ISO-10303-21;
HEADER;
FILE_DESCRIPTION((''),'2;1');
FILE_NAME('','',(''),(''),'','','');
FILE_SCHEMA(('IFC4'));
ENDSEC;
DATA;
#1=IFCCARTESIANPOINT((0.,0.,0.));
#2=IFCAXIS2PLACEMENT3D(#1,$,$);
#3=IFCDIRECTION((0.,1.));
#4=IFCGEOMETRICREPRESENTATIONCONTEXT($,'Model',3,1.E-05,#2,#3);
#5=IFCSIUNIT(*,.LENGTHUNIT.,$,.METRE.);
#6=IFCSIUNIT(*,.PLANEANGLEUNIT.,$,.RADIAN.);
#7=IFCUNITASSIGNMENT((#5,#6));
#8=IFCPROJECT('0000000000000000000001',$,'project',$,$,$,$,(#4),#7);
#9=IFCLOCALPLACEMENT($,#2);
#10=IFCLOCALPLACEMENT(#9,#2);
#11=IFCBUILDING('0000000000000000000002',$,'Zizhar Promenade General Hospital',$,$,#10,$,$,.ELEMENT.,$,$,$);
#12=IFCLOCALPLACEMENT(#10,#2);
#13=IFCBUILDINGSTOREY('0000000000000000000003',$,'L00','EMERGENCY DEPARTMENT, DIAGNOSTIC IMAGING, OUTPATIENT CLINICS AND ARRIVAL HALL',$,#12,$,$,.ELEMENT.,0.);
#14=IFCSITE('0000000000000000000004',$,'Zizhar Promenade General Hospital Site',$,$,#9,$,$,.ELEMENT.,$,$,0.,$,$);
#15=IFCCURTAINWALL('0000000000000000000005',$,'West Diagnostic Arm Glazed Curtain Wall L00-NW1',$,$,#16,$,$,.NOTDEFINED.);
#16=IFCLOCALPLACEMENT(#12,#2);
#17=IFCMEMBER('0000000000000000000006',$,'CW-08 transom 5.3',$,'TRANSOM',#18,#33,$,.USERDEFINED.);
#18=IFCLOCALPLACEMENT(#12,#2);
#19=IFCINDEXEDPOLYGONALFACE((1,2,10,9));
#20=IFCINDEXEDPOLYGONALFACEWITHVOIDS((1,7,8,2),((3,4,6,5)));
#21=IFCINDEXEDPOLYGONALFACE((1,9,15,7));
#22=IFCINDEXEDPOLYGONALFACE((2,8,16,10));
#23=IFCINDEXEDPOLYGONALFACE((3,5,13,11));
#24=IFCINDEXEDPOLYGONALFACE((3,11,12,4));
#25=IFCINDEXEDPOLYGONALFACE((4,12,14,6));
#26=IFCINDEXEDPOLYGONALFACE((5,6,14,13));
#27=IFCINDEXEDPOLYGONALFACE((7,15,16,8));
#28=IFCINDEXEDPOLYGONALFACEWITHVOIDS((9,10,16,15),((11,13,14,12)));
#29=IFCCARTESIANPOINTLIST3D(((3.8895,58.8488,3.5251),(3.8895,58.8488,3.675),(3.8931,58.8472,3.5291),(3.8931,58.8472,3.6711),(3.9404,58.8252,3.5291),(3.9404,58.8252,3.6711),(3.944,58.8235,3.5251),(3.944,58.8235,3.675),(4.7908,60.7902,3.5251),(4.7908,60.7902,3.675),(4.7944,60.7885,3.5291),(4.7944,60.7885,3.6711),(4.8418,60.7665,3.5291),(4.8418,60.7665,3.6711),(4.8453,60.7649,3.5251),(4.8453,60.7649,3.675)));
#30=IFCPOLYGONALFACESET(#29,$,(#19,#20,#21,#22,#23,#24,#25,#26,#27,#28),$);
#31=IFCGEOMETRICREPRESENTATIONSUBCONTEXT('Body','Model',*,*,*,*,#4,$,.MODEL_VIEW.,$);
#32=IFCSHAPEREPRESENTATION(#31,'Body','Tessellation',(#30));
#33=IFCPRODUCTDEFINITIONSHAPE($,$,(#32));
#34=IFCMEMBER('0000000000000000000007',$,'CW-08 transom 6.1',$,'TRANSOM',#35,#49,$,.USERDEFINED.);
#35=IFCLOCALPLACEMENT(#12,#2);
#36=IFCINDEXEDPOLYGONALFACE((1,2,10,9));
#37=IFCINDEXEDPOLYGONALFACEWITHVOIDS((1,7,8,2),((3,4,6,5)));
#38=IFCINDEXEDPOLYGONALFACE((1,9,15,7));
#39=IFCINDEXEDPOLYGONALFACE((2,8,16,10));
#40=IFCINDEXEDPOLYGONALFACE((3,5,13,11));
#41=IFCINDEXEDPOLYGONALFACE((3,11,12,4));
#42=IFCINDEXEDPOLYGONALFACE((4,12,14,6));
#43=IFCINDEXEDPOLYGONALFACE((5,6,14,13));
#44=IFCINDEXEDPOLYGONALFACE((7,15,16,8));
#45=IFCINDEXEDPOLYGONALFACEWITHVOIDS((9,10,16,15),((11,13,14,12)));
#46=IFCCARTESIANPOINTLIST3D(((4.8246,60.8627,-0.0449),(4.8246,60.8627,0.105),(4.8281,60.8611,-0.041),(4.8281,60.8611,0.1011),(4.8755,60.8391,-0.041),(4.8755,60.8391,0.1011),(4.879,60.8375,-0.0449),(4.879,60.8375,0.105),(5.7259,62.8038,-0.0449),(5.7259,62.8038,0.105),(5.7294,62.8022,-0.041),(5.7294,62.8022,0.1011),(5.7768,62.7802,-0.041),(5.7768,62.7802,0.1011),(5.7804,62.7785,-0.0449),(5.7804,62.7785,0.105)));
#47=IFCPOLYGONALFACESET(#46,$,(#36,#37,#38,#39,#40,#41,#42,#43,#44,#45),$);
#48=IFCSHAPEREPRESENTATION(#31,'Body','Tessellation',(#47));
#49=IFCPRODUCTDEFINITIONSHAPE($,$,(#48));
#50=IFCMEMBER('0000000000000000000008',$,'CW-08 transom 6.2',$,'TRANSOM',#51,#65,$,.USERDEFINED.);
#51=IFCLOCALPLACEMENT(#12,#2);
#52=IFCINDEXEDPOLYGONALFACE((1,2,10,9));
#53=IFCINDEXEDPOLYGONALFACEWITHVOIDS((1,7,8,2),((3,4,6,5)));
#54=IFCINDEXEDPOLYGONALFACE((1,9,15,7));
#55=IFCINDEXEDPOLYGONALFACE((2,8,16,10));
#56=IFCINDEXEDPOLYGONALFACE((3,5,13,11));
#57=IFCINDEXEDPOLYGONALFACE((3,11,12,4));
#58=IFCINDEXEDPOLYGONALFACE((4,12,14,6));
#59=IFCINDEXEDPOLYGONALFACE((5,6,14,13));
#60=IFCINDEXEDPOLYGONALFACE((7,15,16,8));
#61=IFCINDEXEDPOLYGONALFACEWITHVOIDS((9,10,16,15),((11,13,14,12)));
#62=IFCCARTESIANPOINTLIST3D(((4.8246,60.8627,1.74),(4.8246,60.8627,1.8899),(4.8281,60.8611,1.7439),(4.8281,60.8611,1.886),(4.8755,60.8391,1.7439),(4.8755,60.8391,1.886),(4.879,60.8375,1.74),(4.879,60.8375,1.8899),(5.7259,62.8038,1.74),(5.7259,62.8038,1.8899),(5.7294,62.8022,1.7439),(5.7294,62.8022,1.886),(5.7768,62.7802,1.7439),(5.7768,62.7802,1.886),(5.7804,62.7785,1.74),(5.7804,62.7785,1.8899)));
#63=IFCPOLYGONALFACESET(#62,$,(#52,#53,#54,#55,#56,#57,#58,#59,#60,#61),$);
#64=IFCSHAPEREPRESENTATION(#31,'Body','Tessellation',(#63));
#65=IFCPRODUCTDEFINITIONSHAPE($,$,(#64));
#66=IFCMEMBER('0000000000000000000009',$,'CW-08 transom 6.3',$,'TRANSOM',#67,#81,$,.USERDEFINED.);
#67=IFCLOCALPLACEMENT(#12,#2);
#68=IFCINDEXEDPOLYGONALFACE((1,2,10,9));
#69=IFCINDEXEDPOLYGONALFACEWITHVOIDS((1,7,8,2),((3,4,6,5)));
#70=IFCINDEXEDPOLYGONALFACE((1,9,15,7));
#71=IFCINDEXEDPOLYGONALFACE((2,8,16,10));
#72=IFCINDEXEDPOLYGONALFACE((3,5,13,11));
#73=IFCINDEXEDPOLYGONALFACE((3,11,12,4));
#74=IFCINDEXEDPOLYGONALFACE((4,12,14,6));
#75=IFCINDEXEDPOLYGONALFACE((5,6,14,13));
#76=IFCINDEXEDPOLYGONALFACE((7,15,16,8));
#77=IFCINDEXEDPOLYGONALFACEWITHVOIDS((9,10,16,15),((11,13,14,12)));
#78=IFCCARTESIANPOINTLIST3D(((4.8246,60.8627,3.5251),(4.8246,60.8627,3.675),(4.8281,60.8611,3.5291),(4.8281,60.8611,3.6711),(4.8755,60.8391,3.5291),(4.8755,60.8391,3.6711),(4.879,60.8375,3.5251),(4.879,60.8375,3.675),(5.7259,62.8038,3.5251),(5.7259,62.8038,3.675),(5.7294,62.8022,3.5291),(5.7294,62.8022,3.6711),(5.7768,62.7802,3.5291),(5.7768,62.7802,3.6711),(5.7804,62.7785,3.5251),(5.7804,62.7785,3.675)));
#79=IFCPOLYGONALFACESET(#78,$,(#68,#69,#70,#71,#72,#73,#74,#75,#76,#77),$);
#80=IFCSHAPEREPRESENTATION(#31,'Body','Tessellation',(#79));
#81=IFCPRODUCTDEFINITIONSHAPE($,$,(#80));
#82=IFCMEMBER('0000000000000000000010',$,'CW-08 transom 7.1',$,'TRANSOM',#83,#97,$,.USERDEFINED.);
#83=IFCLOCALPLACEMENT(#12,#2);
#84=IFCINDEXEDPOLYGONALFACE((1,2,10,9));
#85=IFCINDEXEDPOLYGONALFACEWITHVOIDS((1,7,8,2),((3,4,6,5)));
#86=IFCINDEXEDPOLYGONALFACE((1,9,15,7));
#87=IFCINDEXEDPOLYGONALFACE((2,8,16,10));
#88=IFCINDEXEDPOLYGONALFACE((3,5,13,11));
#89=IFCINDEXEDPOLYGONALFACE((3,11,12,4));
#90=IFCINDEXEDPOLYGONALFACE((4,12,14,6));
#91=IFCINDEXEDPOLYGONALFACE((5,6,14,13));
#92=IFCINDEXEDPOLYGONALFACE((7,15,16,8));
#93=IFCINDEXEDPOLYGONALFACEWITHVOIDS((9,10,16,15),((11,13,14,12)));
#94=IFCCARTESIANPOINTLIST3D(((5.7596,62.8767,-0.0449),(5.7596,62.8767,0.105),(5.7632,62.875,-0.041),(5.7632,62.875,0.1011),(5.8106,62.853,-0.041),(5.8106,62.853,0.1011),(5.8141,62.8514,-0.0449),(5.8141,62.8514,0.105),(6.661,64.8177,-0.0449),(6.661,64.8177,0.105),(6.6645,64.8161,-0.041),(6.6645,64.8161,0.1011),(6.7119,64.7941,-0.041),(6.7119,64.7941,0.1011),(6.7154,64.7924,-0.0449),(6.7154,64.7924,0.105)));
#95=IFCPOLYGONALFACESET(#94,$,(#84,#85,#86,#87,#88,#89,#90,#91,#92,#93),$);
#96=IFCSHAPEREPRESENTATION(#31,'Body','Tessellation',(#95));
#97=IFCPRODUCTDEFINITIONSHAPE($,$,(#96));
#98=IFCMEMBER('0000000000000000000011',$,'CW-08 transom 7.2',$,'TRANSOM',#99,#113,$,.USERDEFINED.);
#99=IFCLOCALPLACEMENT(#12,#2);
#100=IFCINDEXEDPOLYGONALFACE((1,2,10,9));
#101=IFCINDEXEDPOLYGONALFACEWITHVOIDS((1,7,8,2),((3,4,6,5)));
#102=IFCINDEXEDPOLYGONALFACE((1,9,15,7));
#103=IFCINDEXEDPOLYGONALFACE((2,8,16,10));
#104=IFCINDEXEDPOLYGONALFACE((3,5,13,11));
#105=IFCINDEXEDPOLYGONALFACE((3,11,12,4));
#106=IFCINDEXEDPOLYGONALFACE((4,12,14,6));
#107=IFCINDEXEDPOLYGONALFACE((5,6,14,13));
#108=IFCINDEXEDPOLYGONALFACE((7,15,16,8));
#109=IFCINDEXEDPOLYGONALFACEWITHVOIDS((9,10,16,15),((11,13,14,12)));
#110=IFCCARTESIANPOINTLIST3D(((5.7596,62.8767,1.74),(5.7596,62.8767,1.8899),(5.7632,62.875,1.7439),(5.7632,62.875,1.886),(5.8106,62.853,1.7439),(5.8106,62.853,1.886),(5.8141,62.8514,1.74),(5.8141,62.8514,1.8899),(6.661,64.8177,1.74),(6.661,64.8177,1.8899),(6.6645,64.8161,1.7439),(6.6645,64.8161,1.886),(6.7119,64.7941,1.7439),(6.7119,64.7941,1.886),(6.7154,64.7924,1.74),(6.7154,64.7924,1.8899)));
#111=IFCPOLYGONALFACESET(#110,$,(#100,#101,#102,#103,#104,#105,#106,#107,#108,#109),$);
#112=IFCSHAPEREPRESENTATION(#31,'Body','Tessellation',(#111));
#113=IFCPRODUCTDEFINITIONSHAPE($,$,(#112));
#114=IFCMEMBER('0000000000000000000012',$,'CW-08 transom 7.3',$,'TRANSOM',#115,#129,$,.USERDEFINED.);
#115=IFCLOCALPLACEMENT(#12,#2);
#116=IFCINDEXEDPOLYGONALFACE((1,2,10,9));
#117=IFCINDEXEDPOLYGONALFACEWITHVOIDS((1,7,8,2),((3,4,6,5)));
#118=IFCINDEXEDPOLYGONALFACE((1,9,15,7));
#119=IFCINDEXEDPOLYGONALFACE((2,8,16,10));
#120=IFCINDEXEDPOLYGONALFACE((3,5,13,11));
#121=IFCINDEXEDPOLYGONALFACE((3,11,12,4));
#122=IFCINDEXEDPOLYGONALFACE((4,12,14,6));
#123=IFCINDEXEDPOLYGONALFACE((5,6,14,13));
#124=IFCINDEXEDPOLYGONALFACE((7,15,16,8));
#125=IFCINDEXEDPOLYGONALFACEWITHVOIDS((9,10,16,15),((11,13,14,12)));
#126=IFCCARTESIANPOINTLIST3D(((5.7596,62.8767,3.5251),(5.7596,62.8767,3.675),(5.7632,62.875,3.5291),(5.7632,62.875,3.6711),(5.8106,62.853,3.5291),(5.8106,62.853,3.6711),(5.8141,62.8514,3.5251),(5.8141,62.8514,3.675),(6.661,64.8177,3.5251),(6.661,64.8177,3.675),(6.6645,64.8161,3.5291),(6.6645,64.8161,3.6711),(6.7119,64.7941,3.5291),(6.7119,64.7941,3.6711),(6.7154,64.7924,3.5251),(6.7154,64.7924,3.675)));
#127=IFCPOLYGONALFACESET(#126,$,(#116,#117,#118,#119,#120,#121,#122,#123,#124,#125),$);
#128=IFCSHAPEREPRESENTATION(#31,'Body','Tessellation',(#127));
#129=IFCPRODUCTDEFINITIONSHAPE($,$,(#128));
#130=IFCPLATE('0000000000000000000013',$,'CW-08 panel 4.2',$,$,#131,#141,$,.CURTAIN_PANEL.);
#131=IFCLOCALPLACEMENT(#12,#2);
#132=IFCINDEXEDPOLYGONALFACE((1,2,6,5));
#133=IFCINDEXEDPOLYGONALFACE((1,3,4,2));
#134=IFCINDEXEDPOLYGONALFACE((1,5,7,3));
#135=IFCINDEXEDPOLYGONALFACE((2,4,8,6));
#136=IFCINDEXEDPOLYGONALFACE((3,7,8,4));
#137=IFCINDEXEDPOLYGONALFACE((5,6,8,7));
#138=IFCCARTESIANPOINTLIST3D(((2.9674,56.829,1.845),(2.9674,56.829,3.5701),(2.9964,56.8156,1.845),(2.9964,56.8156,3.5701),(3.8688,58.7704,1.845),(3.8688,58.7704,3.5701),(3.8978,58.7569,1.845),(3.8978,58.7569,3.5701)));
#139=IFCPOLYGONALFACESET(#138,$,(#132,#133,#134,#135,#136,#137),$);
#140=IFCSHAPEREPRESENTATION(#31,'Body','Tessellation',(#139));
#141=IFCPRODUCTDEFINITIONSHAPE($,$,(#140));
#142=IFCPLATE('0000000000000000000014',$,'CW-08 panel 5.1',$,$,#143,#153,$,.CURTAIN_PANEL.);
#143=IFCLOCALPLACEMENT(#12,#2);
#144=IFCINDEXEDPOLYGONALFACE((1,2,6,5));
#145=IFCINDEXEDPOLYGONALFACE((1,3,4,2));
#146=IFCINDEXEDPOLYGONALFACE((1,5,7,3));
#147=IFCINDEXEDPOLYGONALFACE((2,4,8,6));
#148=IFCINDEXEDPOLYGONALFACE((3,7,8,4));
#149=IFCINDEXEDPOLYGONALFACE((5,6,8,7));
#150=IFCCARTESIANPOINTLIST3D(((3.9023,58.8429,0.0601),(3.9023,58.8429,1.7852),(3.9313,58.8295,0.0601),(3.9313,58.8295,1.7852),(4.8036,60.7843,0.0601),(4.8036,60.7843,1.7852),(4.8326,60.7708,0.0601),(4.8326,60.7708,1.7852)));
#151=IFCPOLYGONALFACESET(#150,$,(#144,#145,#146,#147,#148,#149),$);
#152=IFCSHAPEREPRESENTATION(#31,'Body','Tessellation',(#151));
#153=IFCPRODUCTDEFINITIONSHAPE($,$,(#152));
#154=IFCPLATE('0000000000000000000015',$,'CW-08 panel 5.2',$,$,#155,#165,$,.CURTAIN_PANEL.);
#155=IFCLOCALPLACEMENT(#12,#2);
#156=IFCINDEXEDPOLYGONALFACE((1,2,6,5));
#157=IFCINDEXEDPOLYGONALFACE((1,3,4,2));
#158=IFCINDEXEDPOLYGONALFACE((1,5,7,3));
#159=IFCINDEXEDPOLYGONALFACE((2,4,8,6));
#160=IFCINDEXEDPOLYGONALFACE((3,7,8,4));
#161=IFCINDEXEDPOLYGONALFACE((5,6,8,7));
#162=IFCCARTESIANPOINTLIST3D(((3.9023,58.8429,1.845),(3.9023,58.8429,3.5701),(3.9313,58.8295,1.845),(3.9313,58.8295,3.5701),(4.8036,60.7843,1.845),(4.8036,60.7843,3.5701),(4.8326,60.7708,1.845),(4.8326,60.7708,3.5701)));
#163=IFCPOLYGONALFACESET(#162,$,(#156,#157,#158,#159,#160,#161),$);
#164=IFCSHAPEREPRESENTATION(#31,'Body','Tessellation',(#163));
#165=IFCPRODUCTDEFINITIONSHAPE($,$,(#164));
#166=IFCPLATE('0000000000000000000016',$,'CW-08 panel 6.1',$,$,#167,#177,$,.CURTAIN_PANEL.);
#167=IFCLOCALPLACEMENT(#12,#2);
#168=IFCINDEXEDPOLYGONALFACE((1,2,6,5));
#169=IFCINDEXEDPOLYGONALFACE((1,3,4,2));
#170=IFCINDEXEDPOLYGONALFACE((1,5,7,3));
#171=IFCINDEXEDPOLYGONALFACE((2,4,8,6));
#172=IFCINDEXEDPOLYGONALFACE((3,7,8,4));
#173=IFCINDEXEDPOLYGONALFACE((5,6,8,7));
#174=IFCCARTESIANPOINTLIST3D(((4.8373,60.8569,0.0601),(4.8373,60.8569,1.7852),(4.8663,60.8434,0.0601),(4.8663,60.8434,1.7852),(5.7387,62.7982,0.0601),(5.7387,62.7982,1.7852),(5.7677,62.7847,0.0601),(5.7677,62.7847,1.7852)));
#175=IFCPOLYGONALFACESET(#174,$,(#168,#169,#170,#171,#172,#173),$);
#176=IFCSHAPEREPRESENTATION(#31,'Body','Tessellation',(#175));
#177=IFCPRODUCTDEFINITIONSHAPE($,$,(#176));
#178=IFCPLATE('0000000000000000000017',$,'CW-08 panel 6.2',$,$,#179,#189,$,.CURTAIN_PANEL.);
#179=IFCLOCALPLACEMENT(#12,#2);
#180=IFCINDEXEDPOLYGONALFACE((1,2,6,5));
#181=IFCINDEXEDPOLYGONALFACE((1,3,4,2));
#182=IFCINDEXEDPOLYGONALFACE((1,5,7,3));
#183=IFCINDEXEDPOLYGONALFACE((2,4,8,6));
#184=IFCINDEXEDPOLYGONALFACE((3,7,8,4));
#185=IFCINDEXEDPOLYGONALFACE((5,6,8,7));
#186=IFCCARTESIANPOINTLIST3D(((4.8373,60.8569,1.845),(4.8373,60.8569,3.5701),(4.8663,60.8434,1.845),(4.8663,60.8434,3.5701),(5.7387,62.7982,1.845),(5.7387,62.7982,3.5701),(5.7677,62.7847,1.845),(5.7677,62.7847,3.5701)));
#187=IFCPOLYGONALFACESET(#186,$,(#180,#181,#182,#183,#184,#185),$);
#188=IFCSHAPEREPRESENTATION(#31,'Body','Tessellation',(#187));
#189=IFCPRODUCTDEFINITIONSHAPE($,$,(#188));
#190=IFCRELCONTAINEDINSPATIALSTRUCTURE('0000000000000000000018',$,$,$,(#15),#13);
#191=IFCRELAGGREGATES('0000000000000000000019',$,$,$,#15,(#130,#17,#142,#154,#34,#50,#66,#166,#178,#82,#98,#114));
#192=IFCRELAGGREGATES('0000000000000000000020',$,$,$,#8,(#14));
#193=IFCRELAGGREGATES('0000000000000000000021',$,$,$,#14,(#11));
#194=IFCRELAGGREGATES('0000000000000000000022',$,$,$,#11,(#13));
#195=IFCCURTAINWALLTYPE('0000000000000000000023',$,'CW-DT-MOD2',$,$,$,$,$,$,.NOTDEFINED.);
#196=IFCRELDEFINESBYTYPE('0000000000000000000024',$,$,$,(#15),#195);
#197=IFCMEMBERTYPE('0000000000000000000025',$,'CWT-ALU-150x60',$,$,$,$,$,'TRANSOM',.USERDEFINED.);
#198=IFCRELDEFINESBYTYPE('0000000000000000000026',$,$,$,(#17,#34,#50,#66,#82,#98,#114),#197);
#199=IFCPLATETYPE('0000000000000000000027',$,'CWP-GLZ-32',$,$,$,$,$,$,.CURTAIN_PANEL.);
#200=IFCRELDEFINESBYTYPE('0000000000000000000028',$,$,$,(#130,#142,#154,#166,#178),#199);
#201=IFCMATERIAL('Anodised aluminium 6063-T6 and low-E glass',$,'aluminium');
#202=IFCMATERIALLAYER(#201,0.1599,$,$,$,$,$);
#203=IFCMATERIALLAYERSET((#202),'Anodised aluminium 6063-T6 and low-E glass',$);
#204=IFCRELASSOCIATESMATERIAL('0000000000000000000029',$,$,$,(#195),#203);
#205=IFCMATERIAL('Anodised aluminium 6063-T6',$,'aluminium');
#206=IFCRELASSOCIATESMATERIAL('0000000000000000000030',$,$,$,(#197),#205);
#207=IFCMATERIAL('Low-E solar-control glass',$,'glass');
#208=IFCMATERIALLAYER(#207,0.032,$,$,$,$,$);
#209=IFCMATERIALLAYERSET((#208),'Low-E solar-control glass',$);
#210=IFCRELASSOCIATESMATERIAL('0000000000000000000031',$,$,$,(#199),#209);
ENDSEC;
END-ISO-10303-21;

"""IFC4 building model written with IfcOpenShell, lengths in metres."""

from ifc_helpers import new_model, si_unit, direction, frame, origin, origin_2d, place, context, subcontext, project, spatial, rectangle, hollow_rectangle, extrude, material, layer, layer_set, material_profile, profile_set, type_object, element, aggregate, save


model = new_model("IFC4")

# Units and contexts
model_context = context("Model", 3, precision=1e-05, world=origin(), true_north=direction((0.0, 1.0)))
body_context = subcontext(model_context, "Body", "Model", "MODEL_VIEW")
ifc_project = project(units=[si_unit("LENGTHUNIT", "METRE"), si_unit("PLANEANGLEUNIT", "RADIAN")], contexts=[model_context])

# Site, building, storey
site_placement = place(None, origin())
site = spatial("IfcSite", under=ifc_project, at=site_placement, Name="Zizhar Promenade General Hospital Site", CompositionType="ELEMENT", RefElevation=0.0)
building_placement = place(site_placement, origin())
building = spatial("IfcBuilding", under=site, at=building_placement, Name="Zizhar Promenade General Hospital", CompositionType="ELEMENT")
storey_placement = place(building_placement, origin())
storey = spatial("IfcBuildingStorey", under=building, at=storey_placement, Name="L00", Description="EMERGENCY DEPARTMENT, DIAGNOSTIC IMAGING, OUTPATIENT CLINICS AND ARRIVAL HALL", CompositionType="ELEMENT", Elevation=0.0)

# Curtain wall, members, plates
ifc_material_1 = material(Name="Anodised aluminium 6063-T6 and low-E glass", Category="aluminium")
ifc_layer_1 = layer(ifc_material_1, 0.1599)
ifc_layer_set_1 = layer_set([ifc_layer_1], Name="Anodised aluminium 6063-T6 and low-E glass")
curtain_wall_type = type_object("IfcCurtainWallType", Name="CW-DT-MOD2", PredefinedType="NOTDEFINED", material=ifc_layer_set_1)
curtain_wall_placement = place(storey_placement, origin())
curtain_wall = element("IfcCurtainWall", 1, at=curtain_wall_placement, inside=storey, type_object=curtain_wall_type, Name="West Diagnostic Arm Glazed Curtain Wall L00-NW1", PredefinedType="NOTDEFINED")
ifc_material_2 = material(Name="Anodised aluminium 6063-T6", Category="aluminium")
ifc_material_profile_1 = material_profile(ifc_material_2, hollow_rectangle(XDim=0.0601, YDim=0.1499, WallThickness=0.0039, at=origin_2d()))
ifc_profile_set_1 = profile_set([ifc_material_profile_1], Name="Anodised aluminium 6063-T6")
member_type_1 = type_object("IfcMemberType", Name="CWT-ALU-150x60", ElementType="TRANSOM", PredefinedType="USERDEFINED", material=ifc_profile_set_1)
member_1_placement = place(storey_placement, frame((3.9167, 58.8362, 3.6001), z_axis=(0.421111, 0.907009, 0.0), x_axis=(-0.907009, 0.421111, 0.0)))
member_1 = element("IfcMember", 2, at=member_1_placement, type_object=member_type_1, Name="CW-08 transom 5.3", ObjectType="TRANSOM", PredefinedType="USERDEFINED", context=body_context, shape_type="SweptSolid", body=[
    extrude(hollow_rectangle(XDim=0.0601, YDim=0.1499, WallThickness=0.0039, at=origin_2d()), origin(), (0.0, 0.0, 1.0), 2.1404),
])
member_2_placement = place(storey_placement, frame((4.8518, 60.8501, 0.03), z_axis=(0.421155, 0.906989, 0.0), x_axis=(-0.906989, 0.421155, 0.0)))
member_2 = element("IfcMember", 3, at=member_2_placement, type_object=member_type_1, Name="CW-08 transom 6.1", ObjectType="TRANSOM", PredefinedType="USERDEFINED", context=body_context, shape_type="SweptSolid", body=[
    extrude(hollow_rectangle(XDim=0.0601, YDim=0.1499, WallThickness=0.0039, at=origin_2d()), origin(), (0.0, 0.0, 1.0), 2.1401),
])
member_3_placement = place(storey_placement, frame((4.8518, 60.8501, 1.8149), z_axis=(0.421155, 0.906989, 0.0), x_axis=(-0.906989, 0.421155, 0.0)))
member_3 = element("IfcMember", 4, at=member_3_placement, type_object=member_type_1, Name="CW-08 transom 6.2", ObjectType="TRANSOM", PredefinedType="USERDEFINED", context=body_context, shape_type="SweptSolid", body=[
    extrude(hollow_rectangle(XDim=0.0601, YDim=0.1499, WallThickness=0.0039, at=origin_2d()), origin(), (0.0, 0.0, 1.0), 2.1401),
])
member_4_placement = place(storey_placement, frame((4.8518, 60.8501, 3.6001), z_axis=(0.421155, 0.906989, 0.0), x_axis=(-0.906989, 0.421155, 0.0)))
member_4 = element("IfcMember", 5, at=member_4_placement, type_object=member_type_1, Name="CW-08 transom 6.3", ObjectType="TRANSOM", PredefinedType="USERDEFINED", context=body_context, shape_type="SweptSolid", body=[
    extrude(hollow_rectangle(XDim=0.0601, YDim=0.1499, WallThickness=0.0039, at=origin_2d()), origin(), (0.0, 0.0, 1.0), 2.1401),
])
member_5_placement = place(storey_placement, frame((5.7869, 62.864, 0.03), z_axis=(0.421155, 0.906989, 0.0), x_axis=(-0.906989, 0.421155, 0.0)))
member_5 = element("IfcMember", 6, at=member_5_placement, type_object=member_type_1, Name="CW-08 transom 7.1", ObjectType="TRANSOM", PredefinedType="USERDEFINED", context=body_context, shape_type="SweptSolid", body=[
    extrude(hollow_rectangle(XDim=0.0601, YDim=0.1499, WallThickness=0.0039, at=origin_2d()), origin(), (0.0, 0.0, 1.0), 2.1401),
])
member_6_placement = place(storey_placement, frame((5.7869, 62.864, 1.8149), z_axis=(0.421155, 0.906989, 0.0), x_axis=(-0.906989, 0.421155, 0.0)))
member_6 = element("IfcMember", 7, at=member_6_placement, type_object=member_type_1, Name="CW-08 transom 7.2", ObjectType="TRANSOM", PredefinedType="USERDEFINED", context=body_context, shape_type="SweptSolid", body=[
    extrude(hollow_rectangle(XDim=0.0601, YDim=0.1499, WallThickness=0.0039, at=origin_2d()), origin(), (0.0, 0.0, 1.0), 2.1401),
])
member_7_placement = place(storey_placement, frame((5.7869, 62.864, 3.6001), z_axis=(0.421155, 0.906989, 0.0), x_axis=(-0.906989, 0.421155, 0.0)))
member_7 = element("IfcMember", 8, at=member_7_placement, type_object=member_type_1, Name="CW-08 transom 7.3", ObjectType="TRANSOM", PredefinedType="USERDEFINED", context=body_context, shape_type="SweptSolid", body=[
    extrude(hollow_rectangle(XDim=0.0601, YDim=0.1499, WallThickness=0.0039, at=origin_2d()), origin(), (0.0, 0.0, 1.0), 2.1401),
])
ifc_material_3 = material(Name="Low-E solar-control glass", Category="glass")
ifc_layer_2 = layer(ifc_material_3, 0.032)
ifc_layer_set_2 = layer_set([ifc_layer_2], Name="Low-E solar-control glass")
plate_type = type_object("IfcPlateType", Name="CWP-GLZ-32", PredefinedType="CURTAIN_PANEL", material=ifc_layer_set_2)
plate_1_placement = place(storey_placement, frame((3.4326, 57.793, 1.845), z_axis=(0.0, 0.0, 1.0), x_axis=(0.421115, 0.907007, 0.0)))
plate_1 = element("IfcPlate", 9, at=plate_1_placement, type_object=plate_type, Name="CW-08 panel 4.2", PredefinedType="CURTAIN_PANEL", context=body_context, shape_type="SweptSolid", body=[
    extrude(rectangle(XDim=2.1404, YDim=0.032, at=origin_2d()), origin(), (0.0, 0.0, 1.0), 1.7251),
])
plate_2_placement = place(storey_placement, frame((4.3674, 59.8069, 0.0601), z_axis=(0.0, 0.0, 1.0), x_axis=(0.421115, 0.907007, 0.0)))
plate_2 = element("IfcPlate", 10, at=plate_2_placement, type_object=plate_type, Name="CW-08 panel 5.1", PredefinedType="CURTAIN_PANEL", context=body_context, shape_type="SweptSolid", body=[
    extrude(rectangle(XDim=2.1404, YDim=0.032, at=origin_2d()), origin(), (0.0, 0.0, 1.0), 1.7251),
])
plate_3_placement = place(storey_placement, frame((4.3674, 59.8069, 1.845), z_axis=(0.0, 0.0, 1.0), x_axis=(0.421115, 0.907007, 0.0)))
plate_3 = element("IfcPlate", 11, at=plate_3_placement, type_object=plate_type, Name="CW-08 panel 5.2", PredefinedType="CURTAIN_PANEL", context=body_context, shape_type="SweptSolid", body=[
    extrude(rectangle(XDim=2.1404, YDim=0.032, at=origin_2d()), origin(), (0.0, 0.0, 1.0), 1.7251),
])
plate_4_placement = place(storey_placement, frame((5.3025, 61.8208, 0.0601), z_axis=(0.0, 0.0, 1.0), x_axis=(0.421115, 0.907007, 0.0)))
plate_4 = element("IfcPlate", 12, at=plate_4_placement, type_object=plate_type, Name="CW-08 panel 6.1", PredefinedType="CURTAIN_PANEL", context=body_context, shape_type="SweptSolid", body=[
    extrude(rectangle(XDim=2.1404, YDim=0.032, at=origin_2d()), origin(), (0.0, 0.0, 1.0), 1.7251),
])
plate_5_placement = place(storey_placement, frame((5.3025, 61.8208, 1.845), z_axis=(0.0, 0.0, 1.0), x_axis=(0.421115, 0.907007, 0.0)))
plate_5 = element("IfcPlate", 13, at=plate_5_placement, type_object=plate_type, Name="CW-08 panel 6.2", PredefinedType="CURTAIN_PANEL", context=body_context, shape_type="SweptSolid", body=[
    extrude(rectangle(XDim=2.1404, YDim=0.032, at=origin_2d()), origin(), (0.0, 0.0, 1.0), 1.7251),
])
aggregate(curtain_wall, [plate_1, member_1, plate_2, plate_3, member_2, member_3, member_4, plate_4, plate_5, member_5, member_6, member_7])

save(model, "model.ifc")
